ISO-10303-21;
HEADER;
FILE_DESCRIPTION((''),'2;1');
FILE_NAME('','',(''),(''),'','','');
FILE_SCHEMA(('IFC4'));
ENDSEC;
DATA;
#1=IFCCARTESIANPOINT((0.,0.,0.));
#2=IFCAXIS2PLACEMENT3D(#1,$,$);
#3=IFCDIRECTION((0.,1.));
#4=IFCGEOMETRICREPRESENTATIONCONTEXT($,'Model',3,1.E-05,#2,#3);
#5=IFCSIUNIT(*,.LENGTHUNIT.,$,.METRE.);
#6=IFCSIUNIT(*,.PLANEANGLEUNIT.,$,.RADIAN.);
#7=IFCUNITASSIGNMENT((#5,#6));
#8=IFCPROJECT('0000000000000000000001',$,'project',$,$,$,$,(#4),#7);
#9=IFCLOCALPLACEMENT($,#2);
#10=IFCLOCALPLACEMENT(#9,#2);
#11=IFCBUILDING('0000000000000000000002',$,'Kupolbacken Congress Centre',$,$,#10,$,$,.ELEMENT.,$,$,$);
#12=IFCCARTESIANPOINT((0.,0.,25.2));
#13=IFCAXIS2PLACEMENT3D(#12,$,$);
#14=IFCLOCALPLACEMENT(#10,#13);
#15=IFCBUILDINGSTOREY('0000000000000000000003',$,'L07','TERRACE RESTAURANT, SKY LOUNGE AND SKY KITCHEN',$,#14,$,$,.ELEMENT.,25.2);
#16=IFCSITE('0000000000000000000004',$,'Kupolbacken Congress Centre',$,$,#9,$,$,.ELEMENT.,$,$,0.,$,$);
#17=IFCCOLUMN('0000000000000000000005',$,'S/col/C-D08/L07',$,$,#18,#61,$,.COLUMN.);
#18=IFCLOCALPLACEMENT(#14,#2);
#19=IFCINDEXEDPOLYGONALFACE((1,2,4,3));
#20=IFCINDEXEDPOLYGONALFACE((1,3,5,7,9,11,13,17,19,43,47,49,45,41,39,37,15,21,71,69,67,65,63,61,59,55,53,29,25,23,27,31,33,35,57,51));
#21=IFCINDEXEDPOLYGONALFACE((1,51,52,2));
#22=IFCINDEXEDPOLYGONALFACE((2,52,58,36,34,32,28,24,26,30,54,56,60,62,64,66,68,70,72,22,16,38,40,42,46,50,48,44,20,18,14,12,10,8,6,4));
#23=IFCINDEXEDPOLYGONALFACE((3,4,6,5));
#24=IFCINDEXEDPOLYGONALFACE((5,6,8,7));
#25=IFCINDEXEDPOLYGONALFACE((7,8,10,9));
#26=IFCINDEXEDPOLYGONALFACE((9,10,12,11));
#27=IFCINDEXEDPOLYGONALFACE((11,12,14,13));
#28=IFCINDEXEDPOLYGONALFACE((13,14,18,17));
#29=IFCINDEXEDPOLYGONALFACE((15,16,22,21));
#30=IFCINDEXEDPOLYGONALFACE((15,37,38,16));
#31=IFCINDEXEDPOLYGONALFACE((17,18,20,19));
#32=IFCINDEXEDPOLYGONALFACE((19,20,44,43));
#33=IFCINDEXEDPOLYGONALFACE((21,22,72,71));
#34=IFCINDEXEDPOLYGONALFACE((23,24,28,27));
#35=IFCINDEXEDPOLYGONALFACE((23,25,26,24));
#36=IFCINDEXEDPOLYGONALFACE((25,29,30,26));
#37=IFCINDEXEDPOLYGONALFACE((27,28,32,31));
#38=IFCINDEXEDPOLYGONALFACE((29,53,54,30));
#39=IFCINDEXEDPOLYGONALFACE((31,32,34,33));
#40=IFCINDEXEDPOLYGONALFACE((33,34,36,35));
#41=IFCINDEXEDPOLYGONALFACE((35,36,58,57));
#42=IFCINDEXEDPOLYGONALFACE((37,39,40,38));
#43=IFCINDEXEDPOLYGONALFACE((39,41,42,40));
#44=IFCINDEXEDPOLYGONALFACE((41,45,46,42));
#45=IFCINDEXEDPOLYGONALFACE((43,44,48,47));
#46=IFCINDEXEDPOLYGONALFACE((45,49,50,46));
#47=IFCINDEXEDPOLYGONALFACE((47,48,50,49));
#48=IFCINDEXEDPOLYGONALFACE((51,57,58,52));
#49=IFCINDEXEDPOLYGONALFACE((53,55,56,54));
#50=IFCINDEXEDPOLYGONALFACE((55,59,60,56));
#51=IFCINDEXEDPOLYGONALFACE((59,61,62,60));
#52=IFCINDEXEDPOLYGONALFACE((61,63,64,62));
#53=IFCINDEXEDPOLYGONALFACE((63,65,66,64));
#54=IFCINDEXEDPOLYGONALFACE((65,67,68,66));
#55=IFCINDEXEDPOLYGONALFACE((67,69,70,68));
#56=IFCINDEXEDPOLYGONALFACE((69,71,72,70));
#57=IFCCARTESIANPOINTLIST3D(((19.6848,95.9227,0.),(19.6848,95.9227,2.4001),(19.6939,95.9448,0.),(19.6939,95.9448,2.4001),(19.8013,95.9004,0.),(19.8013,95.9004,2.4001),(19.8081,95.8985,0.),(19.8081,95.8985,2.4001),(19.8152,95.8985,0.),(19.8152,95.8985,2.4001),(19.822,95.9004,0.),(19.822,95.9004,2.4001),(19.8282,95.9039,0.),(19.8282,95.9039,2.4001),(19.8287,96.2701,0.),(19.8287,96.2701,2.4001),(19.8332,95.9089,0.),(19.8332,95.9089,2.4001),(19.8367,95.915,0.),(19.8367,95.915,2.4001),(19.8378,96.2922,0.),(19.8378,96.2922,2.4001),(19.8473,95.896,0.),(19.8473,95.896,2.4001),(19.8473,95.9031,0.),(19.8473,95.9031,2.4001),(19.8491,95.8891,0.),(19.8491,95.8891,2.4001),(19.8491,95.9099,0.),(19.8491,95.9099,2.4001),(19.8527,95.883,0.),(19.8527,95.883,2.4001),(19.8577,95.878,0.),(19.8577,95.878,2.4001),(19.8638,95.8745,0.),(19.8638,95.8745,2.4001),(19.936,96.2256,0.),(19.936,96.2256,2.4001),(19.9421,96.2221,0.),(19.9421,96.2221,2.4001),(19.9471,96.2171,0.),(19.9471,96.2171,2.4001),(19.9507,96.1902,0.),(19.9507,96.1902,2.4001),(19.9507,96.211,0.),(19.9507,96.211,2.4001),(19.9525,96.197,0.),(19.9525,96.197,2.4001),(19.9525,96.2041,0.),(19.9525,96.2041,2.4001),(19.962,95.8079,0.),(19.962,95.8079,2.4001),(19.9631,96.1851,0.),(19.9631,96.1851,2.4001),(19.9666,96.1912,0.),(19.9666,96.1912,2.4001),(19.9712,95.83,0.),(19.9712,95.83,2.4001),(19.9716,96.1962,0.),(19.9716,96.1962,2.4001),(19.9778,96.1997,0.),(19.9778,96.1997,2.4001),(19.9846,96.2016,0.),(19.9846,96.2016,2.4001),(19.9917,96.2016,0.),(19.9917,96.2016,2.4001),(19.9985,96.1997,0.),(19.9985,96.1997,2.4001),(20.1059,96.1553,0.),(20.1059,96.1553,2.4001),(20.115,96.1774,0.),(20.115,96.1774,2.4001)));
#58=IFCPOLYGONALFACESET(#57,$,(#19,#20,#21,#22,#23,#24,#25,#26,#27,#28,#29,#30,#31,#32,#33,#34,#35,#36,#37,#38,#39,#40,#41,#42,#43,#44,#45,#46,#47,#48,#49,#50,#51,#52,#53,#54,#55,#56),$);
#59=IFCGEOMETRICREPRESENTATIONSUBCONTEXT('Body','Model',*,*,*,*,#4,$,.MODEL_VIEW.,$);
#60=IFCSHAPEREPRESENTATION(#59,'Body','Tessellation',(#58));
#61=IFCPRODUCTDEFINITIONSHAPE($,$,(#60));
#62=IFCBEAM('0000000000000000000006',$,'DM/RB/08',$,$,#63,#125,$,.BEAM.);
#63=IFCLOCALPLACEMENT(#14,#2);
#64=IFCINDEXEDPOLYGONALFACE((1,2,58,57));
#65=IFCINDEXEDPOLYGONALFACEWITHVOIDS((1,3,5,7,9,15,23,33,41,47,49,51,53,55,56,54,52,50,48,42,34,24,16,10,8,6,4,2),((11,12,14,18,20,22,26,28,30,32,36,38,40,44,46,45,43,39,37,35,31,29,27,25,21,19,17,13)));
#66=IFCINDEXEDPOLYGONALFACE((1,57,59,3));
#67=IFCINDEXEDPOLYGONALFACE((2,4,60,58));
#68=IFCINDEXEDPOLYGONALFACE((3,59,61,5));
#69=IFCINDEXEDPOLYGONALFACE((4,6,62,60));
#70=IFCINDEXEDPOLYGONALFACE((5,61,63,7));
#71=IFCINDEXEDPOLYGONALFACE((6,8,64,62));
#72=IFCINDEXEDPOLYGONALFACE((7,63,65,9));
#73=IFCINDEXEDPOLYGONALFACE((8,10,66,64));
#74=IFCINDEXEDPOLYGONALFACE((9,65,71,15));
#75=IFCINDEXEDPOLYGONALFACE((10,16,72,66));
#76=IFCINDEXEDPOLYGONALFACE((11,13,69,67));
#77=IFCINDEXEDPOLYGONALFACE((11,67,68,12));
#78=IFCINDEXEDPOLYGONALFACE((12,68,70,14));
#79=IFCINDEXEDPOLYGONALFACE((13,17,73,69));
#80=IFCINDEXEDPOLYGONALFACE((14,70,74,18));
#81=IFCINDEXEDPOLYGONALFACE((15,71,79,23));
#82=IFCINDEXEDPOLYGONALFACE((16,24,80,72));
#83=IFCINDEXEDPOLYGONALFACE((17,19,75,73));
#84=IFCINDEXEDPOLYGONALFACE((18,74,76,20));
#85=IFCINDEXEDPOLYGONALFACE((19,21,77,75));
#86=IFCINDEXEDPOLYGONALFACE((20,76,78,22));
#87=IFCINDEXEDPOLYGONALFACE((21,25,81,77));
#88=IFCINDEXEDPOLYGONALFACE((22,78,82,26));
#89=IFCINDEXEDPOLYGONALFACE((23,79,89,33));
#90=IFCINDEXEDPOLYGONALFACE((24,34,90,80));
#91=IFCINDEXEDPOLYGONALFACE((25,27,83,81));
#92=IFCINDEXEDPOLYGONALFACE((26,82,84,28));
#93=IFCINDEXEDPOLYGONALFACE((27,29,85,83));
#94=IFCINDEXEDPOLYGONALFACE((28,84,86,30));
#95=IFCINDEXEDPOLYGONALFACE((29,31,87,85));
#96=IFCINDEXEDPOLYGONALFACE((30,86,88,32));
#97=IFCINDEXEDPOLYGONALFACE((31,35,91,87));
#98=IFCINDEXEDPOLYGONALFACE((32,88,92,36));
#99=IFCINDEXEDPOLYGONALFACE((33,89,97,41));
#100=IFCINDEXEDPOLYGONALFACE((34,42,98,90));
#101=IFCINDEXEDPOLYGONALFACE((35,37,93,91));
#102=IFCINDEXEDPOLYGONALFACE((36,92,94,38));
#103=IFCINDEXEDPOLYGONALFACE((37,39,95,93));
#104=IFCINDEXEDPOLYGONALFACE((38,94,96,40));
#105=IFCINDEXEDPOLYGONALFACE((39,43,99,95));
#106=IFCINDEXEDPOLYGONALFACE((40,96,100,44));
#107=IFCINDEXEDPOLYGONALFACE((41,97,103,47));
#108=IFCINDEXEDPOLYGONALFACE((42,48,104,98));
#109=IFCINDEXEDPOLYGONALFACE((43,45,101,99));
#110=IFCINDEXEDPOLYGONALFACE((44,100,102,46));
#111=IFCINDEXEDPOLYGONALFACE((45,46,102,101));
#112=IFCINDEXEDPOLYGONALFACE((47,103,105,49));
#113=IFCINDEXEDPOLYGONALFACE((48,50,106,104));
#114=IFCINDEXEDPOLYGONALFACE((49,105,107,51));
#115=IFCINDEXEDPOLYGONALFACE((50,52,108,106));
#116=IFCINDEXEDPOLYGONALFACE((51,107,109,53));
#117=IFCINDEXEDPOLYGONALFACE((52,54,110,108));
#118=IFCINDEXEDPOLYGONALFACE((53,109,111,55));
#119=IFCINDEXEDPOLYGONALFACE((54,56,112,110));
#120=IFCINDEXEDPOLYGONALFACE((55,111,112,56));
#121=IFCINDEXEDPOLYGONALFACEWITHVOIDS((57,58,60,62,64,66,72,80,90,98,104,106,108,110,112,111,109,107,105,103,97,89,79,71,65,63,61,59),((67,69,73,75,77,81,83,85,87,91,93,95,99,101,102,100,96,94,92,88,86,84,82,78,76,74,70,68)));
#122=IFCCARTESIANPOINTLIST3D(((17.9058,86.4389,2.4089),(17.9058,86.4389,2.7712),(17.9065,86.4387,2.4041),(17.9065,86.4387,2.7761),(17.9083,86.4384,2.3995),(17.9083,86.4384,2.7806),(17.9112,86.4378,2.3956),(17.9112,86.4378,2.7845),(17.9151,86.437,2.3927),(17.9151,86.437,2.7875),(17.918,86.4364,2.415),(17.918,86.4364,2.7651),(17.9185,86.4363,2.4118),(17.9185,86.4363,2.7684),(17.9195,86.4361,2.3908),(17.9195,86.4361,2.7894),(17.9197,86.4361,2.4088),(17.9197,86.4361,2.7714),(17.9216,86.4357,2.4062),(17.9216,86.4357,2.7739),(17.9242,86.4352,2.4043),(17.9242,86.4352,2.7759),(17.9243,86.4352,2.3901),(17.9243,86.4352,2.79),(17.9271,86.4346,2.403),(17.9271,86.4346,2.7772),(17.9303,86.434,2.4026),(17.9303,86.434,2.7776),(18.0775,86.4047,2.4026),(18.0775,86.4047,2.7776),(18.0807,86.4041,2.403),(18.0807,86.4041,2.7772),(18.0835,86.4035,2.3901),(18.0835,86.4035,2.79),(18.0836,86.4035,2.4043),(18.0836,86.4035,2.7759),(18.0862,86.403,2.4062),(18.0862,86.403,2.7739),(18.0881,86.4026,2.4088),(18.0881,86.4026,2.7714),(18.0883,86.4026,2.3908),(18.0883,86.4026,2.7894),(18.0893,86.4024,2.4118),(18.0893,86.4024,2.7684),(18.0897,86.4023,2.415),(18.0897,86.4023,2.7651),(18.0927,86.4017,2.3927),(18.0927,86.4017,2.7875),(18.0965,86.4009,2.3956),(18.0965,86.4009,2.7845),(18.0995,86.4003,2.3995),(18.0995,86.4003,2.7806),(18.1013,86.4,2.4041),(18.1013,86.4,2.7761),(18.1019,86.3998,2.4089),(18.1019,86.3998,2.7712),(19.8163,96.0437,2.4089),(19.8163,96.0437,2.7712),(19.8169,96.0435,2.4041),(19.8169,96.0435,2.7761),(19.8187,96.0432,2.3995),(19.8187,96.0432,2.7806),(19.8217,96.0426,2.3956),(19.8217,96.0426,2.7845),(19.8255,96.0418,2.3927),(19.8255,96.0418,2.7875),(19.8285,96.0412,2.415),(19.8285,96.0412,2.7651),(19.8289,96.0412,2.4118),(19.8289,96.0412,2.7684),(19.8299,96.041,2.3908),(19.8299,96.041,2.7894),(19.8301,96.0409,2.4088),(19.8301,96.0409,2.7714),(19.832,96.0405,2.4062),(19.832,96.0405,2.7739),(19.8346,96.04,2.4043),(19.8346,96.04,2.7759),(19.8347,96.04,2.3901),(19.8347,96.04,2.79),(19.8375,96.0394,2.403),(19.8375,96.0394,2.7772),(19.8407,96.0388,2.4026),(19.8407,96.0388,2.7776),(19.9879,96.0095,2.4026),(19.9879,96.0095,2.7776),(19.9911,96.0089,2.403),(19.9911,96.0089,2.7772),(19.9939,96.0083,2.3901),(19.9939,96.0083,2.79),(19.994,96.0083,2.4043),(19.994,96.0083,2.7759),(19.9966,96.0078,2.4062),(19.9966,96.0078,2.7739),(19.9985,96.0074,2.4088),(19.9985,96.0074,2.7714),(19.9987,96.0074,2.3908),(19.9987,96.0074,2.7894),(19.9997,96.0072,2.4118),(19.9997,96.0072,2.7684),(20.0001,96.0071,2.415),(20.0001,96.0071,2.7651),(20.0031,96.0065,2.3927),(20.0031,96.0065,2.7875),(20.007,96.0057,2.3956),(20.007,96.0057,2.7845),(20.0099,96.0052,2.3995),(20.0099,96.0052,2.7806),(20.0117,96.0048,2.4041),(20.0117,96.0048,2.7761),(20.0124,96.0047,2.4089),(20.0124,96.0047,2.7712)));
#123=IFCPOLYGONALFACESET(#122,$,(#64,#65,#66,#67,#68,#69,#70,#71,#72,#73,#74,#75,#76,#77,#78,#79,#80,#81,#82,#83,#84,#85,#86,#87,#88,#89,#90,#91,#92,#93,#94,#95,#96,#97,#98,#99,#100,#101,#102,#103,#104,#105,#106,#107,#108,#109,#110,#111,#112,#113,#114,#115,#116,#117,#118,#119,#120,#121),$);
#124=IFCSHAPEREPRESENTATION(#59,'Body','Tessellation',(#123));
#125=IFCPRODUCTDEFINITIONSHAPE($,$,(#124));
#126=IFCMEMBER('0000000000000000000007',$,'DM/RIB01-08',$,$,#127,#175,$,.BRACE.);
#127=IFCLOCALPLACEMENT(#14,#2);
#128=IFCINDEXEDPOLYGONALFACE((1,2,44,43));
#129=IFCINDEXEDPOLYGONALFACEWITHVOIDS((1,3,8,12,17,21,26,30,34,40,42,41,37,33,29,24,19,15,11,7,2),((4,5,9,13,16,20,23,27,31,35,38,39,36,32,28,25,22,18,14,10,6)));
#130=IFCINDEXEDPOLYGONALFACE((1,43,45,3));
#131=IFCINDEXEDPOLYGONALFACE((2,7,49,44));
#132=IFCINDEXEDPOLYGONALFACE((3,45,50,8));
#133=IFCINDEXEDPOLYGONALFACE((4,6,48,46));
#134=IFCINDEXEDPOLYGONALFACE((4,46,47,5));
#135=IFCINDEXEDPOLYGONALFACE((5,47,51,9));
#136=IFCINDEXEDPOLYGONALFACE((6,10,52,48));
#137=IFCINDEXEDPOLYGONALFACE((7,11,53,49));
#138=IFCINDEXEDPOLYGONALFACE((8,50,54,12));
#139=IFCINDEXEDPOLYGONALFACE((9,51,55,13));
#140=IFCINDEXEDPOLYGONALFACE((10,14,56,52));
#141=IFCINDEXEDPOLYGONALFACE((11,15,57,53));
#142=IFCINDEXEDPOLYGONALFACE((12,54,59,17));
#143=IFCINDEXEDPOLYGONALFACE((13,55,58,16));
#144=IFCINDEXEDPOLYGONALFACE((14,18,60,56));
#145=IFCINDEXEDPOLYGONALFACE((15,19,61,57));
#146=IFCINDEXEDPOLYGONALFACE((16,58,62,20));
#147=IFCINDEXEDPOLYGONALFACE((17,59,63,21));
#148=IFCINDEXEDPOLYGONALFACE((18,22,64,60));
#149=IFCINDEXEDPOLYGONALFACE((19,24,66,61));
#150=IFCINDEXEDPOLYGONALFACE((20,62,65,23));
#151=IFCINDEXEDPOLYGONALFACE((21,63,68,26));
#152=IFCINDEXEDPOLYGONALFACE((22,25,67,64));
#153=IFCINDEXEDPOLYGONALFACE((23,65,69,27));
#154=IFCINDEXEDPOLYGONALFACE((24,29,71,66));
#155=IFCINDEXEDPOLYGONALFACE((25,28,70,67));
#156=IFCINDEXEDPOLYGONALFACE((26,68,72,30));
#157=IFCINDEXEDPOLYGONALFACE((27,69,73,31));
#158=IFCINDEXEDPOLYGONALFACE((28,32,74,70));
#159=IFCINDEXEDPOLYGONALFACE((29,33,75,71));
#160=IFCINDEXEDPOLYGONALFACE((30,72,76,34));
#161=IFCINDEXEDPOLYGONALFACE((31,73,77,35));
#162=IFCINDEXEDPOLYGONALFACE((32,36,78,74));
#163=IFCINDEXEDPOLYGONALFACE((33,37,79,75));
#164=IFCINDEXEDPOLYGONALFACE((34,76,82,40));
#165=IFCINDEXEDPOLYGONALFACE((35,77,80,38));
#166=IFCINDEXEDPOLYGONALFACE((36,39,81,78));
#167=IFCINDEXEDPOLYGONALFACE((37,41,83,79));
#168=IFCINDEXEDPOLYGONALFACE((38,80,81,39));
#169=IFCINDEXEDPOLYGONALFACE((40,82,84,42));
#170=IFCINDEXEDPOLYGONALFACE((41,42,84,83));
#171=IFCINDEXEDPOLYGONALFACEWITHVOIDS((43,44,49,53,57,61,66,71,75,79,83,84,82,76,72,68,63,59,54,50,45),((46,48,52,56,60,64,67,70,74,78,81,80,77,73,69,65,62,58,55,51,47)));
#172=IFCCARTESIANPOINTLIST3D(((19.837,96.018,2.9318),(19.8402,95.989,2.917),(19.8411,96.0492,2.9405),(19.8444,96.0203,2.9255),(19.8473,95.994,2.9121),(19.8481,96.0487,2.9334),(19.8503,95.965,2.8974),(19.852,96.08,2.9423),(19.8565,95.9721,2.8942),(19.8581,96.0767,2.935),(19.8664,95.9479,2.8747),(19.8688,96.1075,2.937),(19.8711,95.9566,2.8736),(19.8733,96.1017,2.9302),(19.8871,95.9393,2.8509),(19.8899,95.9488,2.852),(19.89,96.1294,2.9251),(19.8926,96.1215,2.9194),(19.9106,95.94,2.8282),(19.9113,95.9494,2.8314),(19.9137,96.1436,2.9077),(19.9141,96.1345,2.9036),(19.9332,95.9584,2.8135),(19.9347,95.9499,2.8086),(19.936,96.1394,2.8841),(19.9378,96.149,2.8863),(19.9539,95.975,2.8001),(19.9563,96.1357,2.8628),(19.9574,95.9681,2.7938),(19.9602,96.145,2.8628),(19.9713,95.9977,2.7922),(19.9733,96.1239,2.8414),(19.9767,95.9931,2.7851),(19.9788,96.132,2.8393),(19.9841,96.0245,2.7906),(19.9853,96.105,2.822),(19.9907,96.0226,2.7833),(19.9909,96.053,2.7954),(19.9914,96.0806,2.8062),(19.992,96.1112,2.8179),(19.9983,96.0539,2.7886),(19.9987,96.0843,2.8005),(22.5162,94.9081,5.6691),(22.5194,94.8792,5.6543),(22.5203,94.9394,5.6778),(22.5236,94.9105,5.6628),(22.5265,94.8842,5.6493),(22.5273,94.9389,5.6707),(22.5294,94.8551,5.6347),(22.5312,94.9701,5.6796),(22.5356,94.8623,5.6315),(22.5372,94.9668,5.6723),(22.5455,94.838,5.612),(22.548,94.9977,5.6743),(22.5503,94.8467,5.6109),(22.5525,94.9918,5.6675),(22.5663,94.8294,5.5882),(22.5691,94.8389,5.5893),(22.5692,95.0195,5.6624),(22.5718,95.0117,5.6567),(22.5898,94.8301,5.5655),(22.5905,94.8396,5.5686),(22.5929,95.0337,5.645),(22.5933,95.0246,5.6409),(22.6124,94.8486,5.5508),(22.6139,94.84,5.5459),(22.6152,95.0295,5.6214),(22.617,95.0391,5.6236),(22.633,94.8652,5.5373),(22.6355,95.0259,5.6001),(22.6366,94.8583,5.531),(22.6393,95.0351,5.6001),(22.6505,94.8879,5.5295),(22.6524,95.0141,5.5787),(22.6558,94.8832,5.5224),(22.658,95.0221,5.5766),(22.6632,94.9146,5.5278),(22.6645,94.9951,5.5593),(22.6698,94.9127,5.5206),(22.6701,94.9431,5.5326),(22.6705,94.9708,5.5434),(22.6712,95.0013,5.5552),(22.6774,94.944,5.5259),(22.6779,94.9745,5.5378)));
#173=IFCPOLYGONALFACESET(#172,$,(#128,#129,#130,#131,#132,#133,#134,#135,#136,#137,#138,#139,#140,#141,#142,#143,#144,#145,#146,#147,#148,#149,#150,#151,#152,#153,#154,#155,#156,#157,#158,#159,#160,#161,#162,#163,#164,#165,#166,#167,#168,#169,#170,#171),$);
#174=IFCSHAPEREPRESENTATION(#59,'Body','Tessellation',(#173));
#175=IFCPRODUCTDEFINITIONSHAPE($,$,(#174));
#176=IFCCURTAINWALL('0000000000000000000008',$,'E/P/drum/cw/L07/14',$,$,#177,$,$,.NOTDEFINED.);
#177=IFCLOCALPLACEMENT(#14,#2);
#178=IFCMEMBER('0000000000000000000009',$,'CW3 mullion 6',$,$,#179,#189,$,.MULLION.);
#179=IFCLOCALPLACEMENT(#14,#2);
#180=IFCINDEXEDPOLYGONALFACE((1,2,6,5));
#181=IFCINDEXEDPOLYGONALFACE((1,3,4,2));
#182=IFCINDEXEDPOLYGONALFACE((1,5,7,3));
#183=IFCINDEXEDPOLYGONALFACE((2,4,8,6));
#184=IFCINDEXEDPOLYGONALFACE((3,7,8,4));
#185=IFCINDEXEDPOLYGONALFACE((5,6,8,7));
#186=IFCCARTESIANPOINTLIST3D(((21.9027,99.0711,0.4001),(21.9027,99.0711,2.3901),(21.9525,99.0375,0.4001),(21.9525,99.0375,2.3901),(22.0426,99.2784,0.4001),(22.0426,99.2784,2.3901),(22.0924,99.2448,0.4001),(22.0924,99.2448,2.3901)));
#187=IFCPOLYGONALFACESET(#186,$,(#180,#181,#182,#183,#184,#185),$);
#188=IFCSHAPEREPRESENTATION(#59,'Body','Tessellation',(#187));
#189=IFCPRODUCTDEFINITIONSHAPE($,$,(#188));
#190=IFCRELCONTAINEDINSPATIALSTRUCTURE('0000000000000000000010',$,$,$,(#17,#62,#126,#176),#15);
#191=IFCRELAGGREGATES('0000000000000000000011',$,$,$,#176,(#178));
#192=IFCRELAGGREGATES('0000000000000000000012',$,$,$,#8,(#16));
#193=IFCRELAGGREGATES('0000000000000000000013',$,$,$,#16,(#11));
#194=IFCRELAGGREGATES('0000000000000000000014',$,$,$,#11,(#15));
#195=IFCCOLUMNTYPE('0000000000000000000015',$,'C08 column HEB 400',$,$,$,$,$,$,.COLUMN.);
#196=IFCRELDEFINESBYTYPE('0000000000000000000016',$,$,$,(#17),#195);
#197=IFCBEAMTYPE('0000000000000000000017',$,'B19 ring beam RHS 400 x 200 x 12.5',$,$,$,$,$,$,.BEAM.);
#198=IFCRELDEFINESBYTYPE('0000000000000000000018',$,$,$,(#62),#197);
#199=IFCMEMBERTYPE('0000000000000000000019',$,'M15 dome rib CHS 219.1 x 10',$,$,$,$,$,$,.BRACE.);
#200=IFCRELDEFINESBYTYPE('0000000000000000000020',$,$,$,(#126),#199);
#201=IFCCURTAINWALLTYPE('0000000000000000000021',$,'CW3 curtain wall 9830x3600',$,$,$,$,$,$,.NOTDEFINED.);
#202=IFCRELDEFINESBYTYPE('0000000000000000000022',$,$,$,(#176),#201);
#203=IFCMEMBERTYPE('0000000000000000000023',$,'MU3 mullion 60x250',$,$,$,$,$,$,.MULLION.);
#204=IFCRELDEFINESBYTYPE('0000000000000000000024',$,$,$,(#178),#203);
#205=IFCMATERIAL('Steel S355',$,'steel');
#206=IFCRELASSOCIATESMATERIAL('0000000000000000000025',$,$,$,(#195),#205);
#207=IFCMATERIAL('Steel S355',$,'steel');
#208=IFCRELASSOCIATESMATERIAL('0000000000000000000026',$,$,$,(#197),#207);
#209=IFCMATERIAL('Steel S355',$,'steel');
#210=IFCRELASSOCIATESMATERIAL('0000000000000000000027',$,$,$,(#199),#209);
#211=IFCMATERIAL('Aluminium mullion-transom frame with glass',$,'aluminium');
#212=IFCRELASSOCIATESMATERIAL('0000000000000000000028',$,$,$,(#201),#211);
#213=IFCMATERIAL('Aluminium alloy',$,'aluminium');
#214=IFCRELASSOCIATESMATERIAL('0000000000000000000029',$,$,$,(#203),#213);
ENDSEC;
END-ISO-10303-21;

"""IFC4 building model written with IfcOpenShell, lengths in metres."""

from ifc_helpers import new_model, si_unit, direction, frame, origin, origin_2d, place, context, subcontext, project, spatial, rectangle, hollow_rectangle, hollow_circle, i_section, extrude, material, material_profile, profile_set, type_object, element, aggregate, save


model = new_model("IFC4")

# Units and contexts
model_context = context("Model", 3, precision=1e-05, world=origin(), true_north=direction((0.0, 1.0)))
body_context = subcontext(model_context, "Body", "Model", "MODEL_VIEW")
ifc_project = project(units=[si_unit("LENGTHUNIT", "METRE"), si_unit("PLANEANGLEUNIT", "RADIAN")], contexts=[model_context])

# Site, building, storey
site_placement = place(None, origin())
site = spatial("IfcSite", under=ifc_project, at=site_placement, Name="Kupolbacken Congress Centre", CompositionType="ELEMENT", RefElevation=0.0)
building_placement = place(site_placement, origin())
building = spatial("IfcBuilding", under=site, at=building_placement, Name="Kupolbacken Congress Centre", CompositionType="ELEMENT")
storey_placement = place(building_placement, frame((0.0, 0.0, 25.2)))
storey = spatial("IfcBuildingStorey", under=building, at=storey_placement, Name="L07", Description="TERRACE RESTAURANT, SKY LOUNGE AND SKY KITCHEN", CompositionType="ELEMENT", Elevation=25.2)

# Column
ifc_material_1 = material(Name="Steel S355", Category="steel")
ifc_material_profile_1 = material_profile(ifc_material_1, i_section(OverallWidth=0.3, OverallDepth=0.3999, WebThickness=0.0134, FlangeThickness=0.0239, FilletRadius=0.0271, at=origin_2d()), Name="HEB 400")
ifc_profile_set_1 = profile_set([ifc_material_profile_1], Name="Steel S355")
column_type = type_object("IfcColumnType", Name="C08 column HEB 400", PredefinedType="COLUMN", material=ifc_profile_set_1)
column_placement = place(storey_placement, frame((19.8999, 96.05, 0.0), z_axis=(0.0, 0.0, 1.0), x_axis=(-0.923896, 0.382644, 0.0)))
element("IfcColumn", 1, at=column_placement, inside=storey, type_object=column_type, Name="S/col/C-D08/L07", PredefinedType="COLUMN", context=body_context, shape_type="SweptSolid", body=[
    extrude(i_section(OverallWidth=0.3, OverallDepth=0.3999, WebThickness=0.0134, FlangeThickness=0.0239, FilletRadius=0.0271, at=origin_2d()), origin(), (0.0, 0.0, 1.0), 2.4001),
])

# Beam
ifc_material_2 = material(Name="Steel S355", Category="steel")
ifc_material_profile_2 = material_profile(ifc_material_2, hollow_rectangle(XDim=0.2, YDim=0.3999, WallThickness=0.0125, InnerFilletRadius=0.0125, OuterFilletRadius=0.0188, at=origin_2d()), Name="RHS 400 x 200 x 12.5")
ifc_profile_set_2 = profile_set([ifc_material_profile_2], Name="Steel S355")
beam_type = type_object("IfcBeamType", Name="B19 ring beam RHS 400 x 200 x 12.5", PredefinedType="BEAM", material=ifc_profile_set_2)
beam_placement = place(storey_placement, frame((19.9143, 96.0242, 2.5901), z_axis=(-0.19508, -0.980787, 0.0), x_axis=(0.980787, -0.19508, 0.0)))
element("IfcBeam", 2, at=beam_placement, inside=storey, type_object=beam_type, Name="DM/RB/08", PredefinedType="BEAM", context=body_context, shape_type="SweptSolid", body=[
    extrude(hollow_rectangle(XDim=0.2, YDim=0.3999, WallThickness=0.0125, InnerFilletRadius=0.0125, OuterFilletRadius=0.0188, at=origin_2d()), origin(), (0.0, 0.0, 1.0), 9.793),
])

# Member
ifc_material_3 = material(Name="Steel S355", Category="steel")
ifc_material_profile_3 = material_profile(ifc_material_3, hollow_circle(Radius=0.1096, WallThickness=0.01, at=origin_2d()), Name="CHS 219.1 x 10")
ifc_profile_set_3 = profile_set([ifc_material_profile_3], Name="Steel S355")
member_type_1 = type_object("IfcMemberType", Name="M15 dome rib CHS 219.1 x 10", PredefinedType="BRACE", material=ifc_profile_set_3)
member_1_placement = place(storey_placement, frame((19.9182, 96.0437, 2.8628), z_axis=(0.671845, -0.278313, 0.686416), x_axis=(0.382714, 0.923867, 0.0)))
element("IfcMember", 3, at=member_1_placement, inside=storey, type_object=member_type_1, Name="DM/RIB01-08", PredefinedType="BRACE", context=body_context, shape_type="SweptSolid", body=[
    extrude(hollow_circle(Radius=0.1096, WallThickness=0.01, at=origin_2d()), origin(), (0.0, 0.0, 1.0), 3.9878),
])

# Curtain wall, member
ifc_material_4 = material(Name="Aluminium mullion-transom frame with glass", Category="aluminium")
curtain_wall_type = type_object("IfcCurtainWallType", Name="CW3 curtain wall 9830x3600", PredefinedType="NOTDEFINED", material=ifc_material_4)
curtain_wall_1_placement = place(storey_placement, origin())
curtain_wall_1 = element("IfcCurtainWall", 4, at=curtain_wall_1_placement, inside=storey, type_object=curtain_wall_type, Name="E/P/drum/cw/L07/14", PredefinedType="NOTDEFINED")
ifc_material_5 = material(Name="Aluminium alloy", Category="aluminium")
ifc_material_profile_4 = material_profile(ifc_material_5, rectangle(XDim=0.0601, YDim=0.25, at=origin_2d()), Name="60 x 250")
ifc_profile_set_4 = profile_set([ifc_material_profile_4], Name="Aluminium alloy")
member_type_2 = type_object("IfcMemberType", Name="MU3 mullion 60x250", PredefinedType="MULLION", material=ifc_profile_set_4)
member_2_placement = place(storey_placement, frame((21.9976, 99.158, 0.4001), z_axis=(0.0, 0.0, 1.0), x_axis=(0.828908, -0.559386, 0.0)))
member_2 = element("IfcMember", 5, at=member_2_placement, type_object=member_type_2, Name="CW3 mullion 6", PredefinedType="MULLION", context=body_context, shape_type="SweptSolid", body=[
    extrude(rectangle(XDim=0.0601, YDim=0.25, at=origin_2d()), origin(), (0.0, 0.0, 1.0), 1.99),
])

aggregate(curtain_wall_1, [member_2])

save(model, "model.ifc")
